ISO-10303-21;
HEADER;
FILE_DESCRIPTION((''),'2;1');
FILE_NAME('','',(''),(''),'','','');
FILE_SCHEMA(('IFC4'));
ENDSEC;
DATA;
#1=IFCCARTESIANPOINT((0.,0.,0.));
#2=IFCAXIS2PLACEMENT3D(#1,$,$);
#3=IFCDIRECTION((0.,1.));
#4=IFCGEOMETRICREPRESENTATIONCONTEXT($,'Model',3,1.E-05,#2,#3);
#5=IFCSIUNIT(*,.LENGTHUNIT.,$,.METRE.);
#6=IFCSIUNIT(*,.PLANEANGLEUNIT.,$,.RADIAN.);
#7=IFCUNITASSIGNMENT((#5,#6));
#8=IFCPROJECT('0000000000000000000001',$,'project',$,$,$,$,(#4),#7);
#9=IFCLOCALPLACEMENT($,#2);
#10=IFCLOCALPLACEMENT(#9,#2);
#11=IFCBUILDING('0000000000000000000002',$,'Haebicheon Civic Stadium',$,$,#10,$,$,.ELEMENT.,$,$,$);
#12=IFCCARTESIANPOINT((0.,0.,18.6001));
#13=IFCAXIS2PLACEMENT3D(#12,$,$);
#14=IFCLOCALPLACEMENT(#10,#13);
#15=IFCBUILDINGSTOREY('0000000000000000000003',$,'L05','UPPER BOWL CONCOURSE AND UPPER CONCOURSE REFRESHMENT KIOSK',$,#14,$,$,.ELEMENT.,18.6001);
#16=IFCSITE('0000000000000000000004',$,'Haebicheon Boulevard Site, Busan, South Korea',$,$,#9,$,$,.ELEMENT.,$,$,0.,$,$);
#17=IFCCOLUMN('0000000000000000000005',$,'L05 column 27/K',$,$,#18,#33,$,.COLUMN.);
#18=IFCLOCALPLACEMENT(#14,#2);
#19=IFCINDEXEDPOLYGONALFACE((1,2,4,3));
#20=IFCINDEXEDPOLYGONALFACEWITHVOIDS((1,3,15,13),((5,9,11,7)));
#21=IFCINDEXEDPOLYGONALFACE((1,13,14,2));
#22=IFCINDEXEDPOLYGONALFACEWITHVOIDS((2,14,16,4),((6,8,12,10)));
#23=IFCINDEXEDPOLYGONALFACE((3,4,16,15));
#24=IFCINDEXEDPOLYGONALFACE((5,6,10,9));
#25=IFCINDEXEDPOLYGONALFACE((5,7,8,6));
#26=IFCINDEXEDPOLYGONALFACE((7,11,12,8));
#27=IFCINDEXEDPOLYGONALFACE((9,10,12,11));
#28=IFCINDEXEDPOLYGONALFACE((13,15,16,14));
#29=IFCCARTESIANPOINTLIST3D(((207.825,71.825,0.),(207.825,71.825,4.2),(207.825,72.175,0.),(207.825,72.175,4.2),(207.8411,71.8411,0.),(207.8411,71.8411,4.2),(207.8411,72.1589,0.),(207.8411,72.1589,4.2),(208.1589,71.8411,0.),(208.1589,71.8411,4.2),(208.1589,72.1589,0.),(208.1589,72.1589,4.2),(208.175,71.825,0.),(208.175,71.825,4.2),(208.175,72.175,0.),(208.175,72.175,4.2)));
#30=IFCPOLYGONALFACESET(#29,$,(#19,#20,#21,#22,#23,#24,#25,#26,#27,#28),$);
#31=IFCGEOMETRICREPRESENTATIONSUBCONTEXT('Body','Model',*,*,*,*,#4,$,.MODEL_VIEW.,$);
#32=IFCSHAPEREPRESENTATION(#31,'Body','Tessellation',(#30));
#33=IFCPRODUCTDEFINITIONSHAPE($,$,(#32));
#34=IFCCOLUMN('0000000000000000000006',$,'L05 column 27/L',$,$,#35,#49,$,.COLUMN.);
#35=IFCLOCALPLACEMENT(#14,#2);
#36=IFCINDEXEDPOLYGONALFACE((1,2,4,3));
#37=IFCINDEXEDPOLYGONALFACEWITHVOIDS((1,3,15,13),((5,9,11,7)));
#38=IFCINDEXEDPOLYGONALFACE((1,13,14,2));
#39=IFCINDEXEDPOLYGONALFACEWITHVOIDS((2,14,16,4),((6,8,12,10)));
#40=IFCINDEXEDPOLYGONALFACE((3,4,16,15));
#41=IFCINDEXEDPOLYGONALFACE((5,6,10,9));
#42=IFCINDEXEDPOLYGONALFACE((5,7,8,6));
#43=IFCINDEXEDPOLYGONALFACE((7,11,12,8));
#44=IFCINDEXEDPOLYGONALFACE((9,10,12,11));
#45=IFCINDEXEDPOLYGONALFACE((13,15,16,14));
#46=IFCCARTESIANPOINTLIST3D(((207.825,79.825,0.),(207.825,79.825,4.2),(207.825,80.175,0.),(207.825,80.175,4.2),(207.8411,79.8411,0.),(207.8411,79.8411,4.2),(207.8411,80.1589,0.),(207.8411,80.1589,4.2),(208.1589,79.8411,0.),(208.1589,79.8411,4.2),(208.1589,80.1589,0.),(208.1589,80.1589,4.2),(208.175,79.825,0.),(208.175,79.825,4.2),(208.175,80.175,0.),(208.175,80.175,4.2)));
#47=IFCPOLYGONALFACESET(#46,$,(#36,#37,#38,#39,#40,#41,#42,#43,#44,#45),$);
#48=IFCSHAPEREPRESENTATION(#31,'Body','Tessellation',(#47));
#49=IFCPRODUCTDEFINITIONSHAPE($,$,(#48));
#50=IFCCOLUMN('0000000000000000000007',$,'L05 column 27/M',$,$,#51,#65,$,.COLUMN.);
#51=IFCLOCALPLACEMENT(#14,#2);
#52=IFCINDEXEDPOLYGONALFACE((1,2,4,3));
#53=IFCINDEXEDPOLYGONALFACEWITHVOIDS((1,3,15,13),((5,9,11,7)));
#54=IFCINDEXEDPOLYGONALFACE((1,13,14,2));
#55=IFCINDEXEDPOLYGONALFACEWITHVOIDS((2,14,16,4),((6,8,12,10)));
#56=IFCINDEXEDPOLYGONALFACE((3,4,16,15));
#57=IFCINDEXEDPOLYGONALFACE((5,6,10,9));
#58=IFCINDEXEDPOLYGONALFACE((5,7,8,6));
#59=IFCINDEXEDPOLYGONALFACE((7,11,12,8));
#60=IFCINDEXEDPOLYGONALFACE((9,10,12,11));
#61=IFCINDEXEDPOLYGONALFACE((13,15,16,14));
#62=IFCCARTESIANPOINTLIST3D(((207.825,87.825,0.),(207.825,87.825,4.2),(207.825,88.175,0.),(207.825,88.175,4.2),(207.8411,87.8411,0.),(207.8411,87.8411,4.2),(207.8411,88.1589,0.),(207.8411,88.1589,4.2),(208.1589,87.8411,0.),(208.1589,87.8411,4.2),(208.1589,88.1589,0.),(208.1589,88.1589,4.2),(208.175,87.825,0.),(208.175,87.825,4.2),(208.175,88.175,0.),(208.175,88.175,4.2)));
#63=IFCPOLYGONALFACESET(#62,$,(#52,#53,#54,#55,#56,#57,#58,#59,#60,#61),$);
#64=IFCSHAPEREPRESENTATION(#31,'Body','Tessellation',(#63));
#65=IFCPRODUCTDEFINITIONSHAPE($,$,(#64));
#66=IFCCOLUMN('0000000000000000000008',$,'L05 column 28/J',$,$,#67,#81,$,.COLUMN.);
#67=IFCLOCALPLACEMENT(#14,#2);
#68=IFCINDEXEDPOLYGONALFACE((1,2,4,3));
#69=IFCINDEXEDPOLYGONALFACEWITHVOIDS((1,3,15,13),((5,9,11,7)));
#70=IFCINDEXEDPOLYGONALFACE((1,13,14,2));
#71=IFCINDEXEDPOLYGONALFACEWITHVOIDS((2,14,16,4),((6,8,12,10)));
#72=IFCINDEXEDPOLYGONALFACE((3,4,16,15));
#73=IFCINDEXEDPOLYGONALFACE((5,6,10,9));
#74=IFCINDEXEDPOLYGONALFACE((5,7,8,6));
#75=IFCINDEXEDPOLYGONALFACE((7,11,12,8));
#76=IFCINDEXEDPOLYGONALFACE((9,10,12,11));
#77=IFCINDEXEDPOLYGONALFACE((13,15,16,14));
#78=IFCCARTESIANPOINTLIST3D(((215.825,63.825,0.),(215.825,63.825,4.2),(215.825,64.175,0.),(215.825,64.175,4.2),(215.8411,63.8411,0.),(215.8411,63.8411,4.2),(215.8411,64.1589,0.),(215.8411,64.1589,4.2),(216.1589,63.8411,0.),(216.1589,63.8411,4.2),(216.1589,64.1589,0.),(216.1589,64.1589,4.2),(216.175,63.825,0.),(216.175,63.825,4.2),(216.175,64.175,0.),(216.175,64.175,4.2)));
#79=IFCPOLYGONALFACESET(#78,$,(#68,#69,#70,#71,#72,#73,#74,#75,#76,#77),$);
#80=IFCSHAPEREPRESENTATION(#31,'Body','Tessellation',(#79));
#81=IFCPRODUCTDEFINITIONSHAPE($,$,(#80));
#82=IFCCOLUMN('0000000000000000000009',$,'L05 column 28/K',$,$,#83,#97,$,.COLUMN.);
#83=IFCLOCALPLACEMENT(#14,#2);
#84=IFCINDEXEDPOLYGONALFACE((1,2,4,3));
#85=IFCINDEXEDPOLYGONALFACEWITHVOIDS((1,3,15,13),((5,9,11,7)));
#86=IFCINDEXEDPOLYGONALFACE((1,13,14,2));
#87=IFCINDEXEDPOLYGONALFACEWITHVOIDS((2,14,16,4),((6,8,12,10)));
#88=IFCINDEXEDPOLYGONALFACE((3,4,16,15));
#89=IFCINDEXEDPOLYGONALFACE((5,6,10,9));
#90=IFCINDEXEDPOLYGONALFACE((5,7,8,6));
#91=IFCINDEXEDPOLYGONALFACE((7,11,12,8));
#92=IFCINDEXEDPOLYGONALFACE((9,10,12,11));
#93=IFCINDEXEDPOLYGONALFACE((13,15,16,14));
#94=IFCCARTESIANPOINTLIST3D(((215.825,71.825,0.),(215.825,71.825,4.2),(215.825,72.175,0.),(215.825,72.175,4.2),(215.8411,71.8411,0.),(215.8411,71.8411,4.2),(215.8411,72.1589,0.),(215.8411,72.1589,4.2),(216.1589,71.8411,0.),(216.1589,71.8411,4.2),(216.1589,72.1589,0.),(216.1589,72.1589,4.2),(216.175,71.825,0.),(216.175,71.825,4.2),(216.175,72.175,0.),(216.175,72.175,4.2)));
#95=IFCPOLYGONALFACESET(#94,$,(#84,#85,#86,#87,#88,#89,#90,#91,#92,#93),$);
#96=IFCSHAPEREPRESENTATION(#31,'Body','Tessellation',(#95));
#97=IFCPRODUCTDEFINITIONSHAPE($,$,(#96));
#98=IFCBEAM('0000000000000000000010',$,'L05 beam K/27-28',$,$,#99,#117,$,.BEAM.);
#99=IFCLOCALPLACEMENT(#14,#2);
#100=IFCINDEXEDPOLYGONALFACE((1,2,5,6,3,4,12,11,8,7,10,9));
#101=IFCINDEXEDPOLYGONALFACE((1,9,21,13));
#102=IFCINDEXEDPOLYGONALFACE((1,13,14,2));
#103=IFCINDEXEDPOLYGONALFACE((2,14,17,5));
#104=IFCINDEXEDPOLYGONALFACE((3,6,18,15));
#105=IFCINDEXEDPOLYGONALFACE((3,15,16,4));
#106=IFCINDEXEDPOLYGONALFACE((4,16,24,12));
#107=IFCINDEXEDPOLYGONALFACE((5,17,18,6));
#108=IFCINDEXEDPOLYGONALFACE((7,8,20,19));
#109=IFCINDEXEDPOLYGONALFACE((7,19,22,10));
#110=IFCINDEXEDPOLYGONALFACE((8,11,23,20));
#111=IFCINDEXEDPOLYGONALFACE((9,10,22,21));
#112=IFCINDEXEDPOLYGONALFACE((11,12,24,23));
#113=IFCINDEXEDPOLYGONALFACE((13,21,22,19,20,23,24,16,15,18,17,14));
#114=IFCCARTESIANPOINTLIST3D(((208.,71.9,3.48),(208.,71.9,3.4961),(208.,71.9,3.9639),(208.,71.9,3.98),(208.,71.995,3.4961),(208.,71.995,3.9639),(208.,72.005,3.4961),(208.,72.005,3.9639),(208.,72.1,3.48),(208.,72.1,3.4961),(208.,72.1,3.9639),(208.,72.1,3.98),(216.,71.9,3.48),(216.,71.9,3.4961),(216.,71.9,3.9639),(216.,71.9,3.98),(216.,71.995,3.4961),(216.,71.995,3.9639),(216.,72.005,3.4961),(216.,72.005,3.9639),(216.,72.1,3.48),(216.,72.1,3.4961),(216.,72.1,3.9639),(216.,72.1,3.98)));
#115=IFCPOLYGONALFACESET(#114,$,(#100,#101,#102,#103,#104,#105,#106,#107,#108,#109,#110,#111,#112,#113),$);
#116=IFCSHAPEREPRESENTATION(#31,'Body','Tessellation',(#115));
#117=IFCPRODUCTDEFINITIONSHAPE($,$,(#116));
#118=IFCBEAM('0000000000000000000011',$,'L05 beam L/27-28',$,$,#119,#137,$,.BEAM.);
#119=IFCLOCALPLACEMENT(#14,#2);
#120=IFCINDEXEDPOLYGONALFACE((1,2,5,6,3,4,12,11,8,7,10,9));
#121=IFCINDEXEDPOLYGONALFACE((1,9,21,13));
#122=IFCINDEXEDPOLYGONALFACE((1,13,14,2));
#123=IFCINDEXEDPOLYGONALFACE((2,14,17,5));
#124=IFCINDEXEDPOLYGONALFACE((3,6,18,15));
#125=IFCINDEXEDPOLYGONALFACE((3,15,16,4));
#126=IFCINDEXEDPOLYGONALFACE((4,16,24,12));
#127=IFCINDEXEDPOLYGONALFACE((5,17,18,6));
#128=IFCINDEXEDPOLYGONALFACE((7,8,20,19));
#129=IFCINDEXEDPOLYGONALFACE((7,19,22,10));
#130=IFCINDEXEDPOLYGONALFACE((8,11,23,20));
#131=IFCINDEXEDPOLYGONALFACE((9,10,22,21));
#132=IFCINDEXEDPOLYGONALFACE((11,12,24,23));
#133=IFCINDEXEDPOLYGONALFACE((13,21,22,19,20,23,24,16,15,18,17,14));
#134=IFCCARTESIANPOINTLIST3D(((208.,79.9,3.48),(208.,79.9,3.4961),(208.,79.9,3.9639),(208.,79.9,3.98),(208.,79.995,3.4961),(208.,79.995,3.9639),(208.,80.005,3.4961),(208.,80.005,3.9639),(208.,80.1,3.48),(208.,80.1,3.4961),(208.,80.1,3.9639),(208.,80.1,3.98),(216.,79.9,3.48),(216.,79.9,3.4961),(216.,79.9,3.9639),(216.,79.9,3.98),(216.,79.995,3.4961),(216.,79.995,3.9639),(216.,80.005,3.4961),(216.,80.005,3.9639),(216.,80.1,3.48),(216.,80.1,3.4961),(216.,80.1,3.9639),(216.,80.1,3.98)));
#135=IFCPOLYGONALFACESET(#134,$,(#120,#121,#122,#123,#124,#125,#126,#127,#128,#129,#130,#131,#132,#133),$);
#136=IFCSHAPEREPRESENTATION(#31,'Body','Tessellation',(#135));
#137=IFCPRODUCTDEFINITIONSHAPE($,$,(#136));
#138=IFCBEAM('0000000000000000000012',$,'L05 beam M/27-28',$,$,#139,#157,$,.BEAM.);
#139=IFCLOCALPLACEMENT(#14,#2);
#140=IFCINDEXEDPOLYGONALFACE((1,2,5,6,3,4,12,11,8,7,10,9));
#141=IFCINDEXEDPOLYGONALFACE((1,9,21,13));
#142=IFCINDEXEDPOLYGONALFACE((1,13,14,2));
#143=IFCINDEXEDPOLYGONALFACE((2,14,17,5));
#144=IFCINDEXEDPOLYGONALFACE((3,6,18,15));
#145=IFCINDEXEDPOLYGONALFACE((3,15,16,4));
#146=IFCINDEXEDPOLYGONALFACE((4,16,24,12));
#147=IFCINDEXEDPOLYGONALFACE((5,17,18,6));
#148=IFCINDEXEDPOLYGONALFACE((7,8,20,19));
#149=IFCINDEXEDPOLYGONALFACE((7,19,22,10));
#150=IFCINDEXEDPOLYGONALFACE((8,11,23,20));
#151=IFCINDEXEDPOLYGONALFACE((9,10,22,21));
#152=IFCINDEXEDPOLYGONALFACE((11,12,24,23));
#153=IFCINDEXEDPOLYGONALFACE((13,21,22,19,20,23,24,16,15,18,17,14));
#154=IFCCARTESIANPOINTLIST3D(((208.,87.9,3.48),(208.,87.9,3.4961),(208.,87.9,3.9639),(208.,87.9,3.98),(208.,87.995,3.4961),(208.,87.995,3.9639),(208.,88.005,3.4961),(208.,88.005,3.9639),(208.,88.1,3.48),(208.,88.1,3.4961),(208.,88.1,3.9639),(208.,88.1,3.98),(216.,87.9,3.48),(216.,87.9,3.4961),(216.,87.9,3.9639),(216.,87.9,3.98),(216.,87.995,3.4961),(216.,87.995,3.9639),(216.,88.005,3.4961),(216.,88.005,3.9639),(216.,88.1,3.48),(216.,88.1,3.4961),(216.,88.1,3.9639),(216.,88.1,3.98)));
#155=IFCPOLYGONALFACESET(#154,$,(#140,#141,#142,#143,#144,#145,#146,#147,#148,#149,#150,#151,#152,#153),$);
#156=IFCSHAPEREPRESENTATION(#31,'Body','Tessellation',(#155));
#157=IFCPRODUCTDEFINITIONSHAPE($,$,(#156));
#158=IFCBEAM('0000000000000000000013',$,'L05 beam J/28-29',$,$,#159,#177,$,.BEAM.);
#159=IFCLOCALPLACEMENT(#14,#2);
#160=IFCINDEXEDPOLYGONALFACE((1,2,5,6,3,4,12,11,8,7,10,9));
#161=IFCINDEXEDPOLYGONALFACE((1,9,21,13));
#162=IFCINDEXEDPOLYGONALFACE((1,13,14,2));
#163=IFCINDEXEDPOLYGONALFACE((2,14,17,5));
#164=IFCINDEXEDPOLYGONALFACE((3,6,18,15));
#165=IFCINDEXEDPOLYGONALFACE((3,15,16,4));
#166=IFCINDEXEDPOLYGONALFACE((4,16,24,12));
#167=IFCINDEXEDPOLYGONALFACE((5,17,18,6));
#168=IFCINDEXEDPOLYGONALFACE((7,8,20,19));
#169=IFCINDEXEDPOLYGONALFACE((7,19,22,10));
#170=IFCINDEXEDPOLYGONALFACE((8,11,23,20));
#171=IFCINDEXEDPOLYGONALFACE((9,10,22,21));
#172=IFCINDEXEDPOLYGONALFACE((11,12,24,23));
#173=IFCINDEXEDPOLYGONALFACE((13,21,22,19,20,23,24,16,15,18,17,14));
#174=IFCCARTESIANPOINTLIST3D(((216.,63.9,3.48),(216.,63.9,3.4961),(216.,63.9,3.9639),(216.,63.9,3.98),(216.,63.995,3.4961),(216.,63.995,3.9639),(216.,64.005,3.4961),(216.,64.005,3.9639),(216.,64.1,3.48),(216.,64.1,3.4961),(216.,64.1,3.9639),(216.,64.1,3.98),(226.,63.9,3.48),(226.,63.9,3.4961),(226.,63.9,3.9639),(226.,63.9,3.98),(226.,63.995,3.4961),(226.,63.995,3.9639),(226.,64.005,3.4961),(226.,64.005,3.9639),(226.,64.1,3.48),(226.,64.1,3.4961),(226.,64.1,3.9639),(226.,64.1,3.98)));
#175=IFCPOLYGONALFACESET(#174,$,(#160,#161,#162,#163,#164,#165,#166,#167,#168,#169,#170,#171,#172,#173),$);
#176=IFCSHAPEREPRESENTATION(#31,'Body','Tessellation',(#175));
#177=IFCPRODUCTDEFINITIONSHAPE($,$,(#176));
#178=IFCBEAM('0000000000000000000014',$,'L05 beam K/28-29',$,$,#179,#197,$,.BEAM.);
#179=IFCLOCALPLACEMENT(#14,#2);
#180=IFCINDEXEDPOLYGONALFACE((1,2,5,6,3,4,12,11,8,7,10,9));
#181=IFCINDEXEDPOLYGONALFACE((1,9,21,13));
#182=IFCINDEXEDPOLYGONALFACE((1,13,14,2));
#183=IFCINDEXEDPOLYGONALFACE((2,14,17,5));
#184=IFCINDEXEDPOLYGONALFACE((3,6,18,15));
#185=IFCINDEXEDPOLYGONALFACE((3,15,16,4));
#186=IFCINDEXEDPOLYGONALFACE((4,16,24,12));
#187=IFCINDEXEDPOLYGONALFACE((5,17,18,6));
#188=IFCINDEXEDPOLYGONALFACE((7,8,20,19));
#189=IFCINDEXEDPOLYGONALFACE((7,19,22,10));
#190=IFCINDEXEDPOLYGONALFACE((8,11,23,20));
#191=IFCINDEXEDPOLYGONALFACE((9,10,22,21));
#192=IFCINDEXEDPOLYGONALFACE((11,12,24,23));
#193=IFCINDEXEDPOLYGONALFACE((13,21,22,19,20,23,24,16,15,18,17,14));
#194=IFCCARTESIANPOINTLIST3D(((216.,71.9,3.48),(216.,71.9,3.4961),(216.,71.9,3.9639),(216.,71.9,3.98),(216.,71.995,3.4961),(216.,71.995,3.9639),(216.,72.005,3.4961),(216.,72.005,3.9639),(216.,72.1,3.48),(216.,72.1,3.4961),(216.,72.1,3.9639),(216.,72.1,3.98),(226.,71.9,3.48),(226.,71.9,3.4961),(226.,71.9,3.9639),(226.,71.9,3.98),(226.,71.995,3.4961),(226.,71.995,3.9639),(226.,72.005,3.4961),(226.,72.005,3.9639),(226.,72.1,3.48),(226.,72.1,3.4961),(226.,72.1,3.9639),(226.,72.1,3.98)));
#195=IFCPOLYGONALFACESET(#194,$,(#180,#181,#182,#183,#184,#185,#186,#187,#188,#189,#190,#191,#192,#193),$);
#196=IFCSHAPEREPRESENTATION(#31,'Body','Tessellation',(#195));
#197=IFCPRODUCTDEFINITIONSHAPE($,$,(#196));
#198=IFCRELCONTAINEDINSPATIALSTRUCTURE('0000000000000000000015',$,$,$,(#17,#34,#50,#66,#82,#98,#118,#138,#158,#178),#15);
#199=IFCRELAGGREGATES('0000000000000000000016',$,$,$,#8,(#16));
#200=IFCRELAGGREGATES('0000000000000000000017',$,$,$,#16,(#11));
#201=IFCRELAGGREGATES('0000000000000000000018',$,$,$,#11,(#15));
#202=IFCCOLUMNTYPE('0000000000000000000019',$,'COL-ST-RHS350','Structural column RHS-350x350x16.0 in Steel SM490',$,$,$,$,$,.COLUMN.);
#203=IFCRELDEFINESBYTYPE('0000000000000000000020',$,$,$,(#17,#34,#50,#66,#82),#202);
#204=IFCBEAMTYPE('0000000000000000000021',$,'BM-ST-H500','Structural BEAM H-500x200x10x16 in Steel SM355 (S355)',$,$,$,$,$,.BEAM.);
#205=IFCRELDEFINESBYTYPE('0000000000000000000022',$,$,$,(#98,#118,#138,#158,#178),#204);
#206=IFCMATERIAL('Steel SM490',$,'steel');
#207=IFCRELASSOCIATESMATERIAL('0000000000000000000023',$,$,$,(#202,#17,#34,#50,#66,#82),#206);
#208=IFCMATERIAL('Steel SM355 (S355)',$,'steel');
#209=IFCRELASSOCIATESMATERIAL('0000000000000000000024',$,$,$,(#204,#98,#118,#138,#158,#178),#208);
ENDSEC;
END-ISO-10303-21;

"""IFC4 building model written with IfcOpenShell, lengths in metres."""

from ifc_helpers import new_model, si_unit, direction, frame, origin, origin_2d, place, context, subcontext, project, spatial, hollow_rectangle, i_section, extrude, material, material_profile, profile_set, type_object, element, save


model = new_model("IFC4")

# Units and contexts
model_context = context("Model", 3, precision=1e-05, world=origin(), true_north=direction((0.0, 1.0)))
body_context = subcontext(model_context, "Body", "Model", "MODEL_VIEW")
ifc_project = project(units=[si_unit("LENGTHUNIT", "METRE"), si_unit("PLANEANGLEUNIT", "RADIAN")], contexts=[model_context])

# Site, building, storey
site_placement = place(None, origin())
site = spatial("IfcSite", under=ifc_project, at=site_placement, Name="Haebicheon Boulevard Site, Busan, South Korea", CompositionType="ELEMENT", RefElevation=0.0)
building_placement = place(site_placement, origin())
building = spatial("IfcBuilding", under=site, at=building_placement, Name="Haebicheon Civic Stadium", CompositionType="ELEMENT")
storey_placement = place(building_placement, frame((0.0, 0.0, 18.6001)))
storey = spatial("IfcBuildingStorey", under=building, at=storey_placement, Name="L05", Description="UPPER BOWL CONCOURSE AND UPPER CONCOURSE REFRESHMENT KIOSK", CompositionType="ELEMENT", Elevation=18.6001)

# Columns
ifc_material_1 = material(Name="Steel SM490", Category="steel")
ifc_material_profile_1 = material_profile(ifc_material_1, hollow_rectangle(XDim=0.3501, YDim=0.3501, WallThickness=0.0161, at=origin_2d()), Name="RHS-350x350x16.0")
ifc_profile_set_1 = profile_set([ifc_material_profile_1], Name="Steel SM490")
column_type = type_object("IfcColumnType", Name="COL-ST-RHS350", Description="Structural column RHS-350x350x16.0 in Steel SM490", PredefinedType="COLUMN", material=ifc_profile_set_1)
for number, where, z_axis, x_axis, name in (
    (1, (208.0, 72.0, 0.0), (0.0, 0.0, 1.0), (1.0, 0.0, 0.0), "L05 column 27/K"),
    (2, (208.0, 80.0, 0.0), (0.0, 0.0, 1.0), (1.0, 0.0, 0.0), "L05 column 27/L"),
    (3, (208.0, 88.0, 0.0), (0.0, 0.0, 1.0), (1.0, 0.0, 0.0), "L05 column 27/M"),
    (4, (216.0, 64.0, 0.0), (0.0, 0.0, 1.0), (1.0, 0.0, 0.0), "L05 column 28/J"),
    (5, (216.0, 72.0, 0.0), (0.0, 0.0, 1.0), (1.0, 0.0, 0.0), "L05 column 28/K"),
):
    element("IfcColumn", number, at=place(storey_placement, frame(where, z_axis=z_axis, x_axis=x_axis)), inside=storey, type_object=column_type, material=ifc_profile_set_1, Name=name, PredefinedType="COLUMN", context=body_context, shape_type="SweptSolid", body=[
        extrude(hollow_rectangle(XDim=0.3501, YDim=0.3501, WallThickness=0.0161, at=origin_2d()), origin(), (0.0, 0.0, 1.0), 4.2),
    ])

# Beams
ifc_material_2 = material(Name="Steel SM355 (S355)", Category="steel")
ifc_material_profile_2 = material_profile(ifc_material_2, i_section(OverallWidth=0.2, OverallDepth=0.5, WebThickness=0.01, FlangeThickness=0.0161, at=origin_2d()), Name="H-500x200x10x16")
ifc_profile_set_2 = profile_set([ifc_material_profile_2], Name="Steel SM355 (S355)")
beam_type_1 = type_object("IfcBeamType", Name="BM-ST-H500", Description="Structural BEAM H-500x200x10x16 in Steel SM355 (S355)", PredefinedType="BEAM", material=ifc_profile_set_2)
for number, where, z_axis, x_axis, name in (
    (6, (208.0, 72.0, 3.73), (1.0, 0.0, 0.0), (0.0, 1.0, 0.0), "L05 beam K/27-28"),
    (7, (208.0, 80.0, 3.73), (1.0, 0.0, 0.0), (0.0, 1.0, 0.0), "L05 beam L/27-28"),
    (8, (208.0, 88.0, 3.73), (1.0, 0.0, 0.0), (0.0, 1.0, 0.0), "L05 beam M/27-28"),
):
    element("IfcBeam", number, at=place(storey_placement, frame(where, z_axis=z_axis, x_axis=x_axis)), inside=storey, type_object=beam_type_1, material=ifc_profile_set_2, Name=name, PredefinedType="BEAM", context=body_context, shape_type="SweptSolid", body=[
        extrude(i_section(OverallWidth=0.2, OverallDepth=0.5, WebThickness=0.01, FlangeThickness=0.0161, at=origin_2d()), origin(), (0.0, 0.0, 1.0), 8.0),
    ])
for number, where, z_axis, x_axis, name in (
    (9, (216.0, 64.0, 3.73), (1.0, 0.0, 0.0), (0.0, 1.0, 0.0), "L05 beam J/28-29"),
    (10, (216.0, 72.0, 3.73), (1.0, 0.0, 0.0), (0.0, 1.0, 0.0), "L05 beam K/28-29"),
):
    element("IfcBeam", number, at=place(storey_placement, frame(where, z_axis=z_axis, x_axis=x_axis)), inside=storey, type_object=beam_type_1, material=ifc_profile_set_2, Name=name, PredefinedType="BEAM", context=body_context, shape_type="SweptSolid", body=[
        extrude(i_section(OverallWidth=0.2, OverallDepth=0.5, WebThickness=0.01, FlangeThickness=0.0161, at=origin_2d()), origin(), (0.0, 0.0, 1.0), 10.0),
    ])

save(model, "model.ifc")
